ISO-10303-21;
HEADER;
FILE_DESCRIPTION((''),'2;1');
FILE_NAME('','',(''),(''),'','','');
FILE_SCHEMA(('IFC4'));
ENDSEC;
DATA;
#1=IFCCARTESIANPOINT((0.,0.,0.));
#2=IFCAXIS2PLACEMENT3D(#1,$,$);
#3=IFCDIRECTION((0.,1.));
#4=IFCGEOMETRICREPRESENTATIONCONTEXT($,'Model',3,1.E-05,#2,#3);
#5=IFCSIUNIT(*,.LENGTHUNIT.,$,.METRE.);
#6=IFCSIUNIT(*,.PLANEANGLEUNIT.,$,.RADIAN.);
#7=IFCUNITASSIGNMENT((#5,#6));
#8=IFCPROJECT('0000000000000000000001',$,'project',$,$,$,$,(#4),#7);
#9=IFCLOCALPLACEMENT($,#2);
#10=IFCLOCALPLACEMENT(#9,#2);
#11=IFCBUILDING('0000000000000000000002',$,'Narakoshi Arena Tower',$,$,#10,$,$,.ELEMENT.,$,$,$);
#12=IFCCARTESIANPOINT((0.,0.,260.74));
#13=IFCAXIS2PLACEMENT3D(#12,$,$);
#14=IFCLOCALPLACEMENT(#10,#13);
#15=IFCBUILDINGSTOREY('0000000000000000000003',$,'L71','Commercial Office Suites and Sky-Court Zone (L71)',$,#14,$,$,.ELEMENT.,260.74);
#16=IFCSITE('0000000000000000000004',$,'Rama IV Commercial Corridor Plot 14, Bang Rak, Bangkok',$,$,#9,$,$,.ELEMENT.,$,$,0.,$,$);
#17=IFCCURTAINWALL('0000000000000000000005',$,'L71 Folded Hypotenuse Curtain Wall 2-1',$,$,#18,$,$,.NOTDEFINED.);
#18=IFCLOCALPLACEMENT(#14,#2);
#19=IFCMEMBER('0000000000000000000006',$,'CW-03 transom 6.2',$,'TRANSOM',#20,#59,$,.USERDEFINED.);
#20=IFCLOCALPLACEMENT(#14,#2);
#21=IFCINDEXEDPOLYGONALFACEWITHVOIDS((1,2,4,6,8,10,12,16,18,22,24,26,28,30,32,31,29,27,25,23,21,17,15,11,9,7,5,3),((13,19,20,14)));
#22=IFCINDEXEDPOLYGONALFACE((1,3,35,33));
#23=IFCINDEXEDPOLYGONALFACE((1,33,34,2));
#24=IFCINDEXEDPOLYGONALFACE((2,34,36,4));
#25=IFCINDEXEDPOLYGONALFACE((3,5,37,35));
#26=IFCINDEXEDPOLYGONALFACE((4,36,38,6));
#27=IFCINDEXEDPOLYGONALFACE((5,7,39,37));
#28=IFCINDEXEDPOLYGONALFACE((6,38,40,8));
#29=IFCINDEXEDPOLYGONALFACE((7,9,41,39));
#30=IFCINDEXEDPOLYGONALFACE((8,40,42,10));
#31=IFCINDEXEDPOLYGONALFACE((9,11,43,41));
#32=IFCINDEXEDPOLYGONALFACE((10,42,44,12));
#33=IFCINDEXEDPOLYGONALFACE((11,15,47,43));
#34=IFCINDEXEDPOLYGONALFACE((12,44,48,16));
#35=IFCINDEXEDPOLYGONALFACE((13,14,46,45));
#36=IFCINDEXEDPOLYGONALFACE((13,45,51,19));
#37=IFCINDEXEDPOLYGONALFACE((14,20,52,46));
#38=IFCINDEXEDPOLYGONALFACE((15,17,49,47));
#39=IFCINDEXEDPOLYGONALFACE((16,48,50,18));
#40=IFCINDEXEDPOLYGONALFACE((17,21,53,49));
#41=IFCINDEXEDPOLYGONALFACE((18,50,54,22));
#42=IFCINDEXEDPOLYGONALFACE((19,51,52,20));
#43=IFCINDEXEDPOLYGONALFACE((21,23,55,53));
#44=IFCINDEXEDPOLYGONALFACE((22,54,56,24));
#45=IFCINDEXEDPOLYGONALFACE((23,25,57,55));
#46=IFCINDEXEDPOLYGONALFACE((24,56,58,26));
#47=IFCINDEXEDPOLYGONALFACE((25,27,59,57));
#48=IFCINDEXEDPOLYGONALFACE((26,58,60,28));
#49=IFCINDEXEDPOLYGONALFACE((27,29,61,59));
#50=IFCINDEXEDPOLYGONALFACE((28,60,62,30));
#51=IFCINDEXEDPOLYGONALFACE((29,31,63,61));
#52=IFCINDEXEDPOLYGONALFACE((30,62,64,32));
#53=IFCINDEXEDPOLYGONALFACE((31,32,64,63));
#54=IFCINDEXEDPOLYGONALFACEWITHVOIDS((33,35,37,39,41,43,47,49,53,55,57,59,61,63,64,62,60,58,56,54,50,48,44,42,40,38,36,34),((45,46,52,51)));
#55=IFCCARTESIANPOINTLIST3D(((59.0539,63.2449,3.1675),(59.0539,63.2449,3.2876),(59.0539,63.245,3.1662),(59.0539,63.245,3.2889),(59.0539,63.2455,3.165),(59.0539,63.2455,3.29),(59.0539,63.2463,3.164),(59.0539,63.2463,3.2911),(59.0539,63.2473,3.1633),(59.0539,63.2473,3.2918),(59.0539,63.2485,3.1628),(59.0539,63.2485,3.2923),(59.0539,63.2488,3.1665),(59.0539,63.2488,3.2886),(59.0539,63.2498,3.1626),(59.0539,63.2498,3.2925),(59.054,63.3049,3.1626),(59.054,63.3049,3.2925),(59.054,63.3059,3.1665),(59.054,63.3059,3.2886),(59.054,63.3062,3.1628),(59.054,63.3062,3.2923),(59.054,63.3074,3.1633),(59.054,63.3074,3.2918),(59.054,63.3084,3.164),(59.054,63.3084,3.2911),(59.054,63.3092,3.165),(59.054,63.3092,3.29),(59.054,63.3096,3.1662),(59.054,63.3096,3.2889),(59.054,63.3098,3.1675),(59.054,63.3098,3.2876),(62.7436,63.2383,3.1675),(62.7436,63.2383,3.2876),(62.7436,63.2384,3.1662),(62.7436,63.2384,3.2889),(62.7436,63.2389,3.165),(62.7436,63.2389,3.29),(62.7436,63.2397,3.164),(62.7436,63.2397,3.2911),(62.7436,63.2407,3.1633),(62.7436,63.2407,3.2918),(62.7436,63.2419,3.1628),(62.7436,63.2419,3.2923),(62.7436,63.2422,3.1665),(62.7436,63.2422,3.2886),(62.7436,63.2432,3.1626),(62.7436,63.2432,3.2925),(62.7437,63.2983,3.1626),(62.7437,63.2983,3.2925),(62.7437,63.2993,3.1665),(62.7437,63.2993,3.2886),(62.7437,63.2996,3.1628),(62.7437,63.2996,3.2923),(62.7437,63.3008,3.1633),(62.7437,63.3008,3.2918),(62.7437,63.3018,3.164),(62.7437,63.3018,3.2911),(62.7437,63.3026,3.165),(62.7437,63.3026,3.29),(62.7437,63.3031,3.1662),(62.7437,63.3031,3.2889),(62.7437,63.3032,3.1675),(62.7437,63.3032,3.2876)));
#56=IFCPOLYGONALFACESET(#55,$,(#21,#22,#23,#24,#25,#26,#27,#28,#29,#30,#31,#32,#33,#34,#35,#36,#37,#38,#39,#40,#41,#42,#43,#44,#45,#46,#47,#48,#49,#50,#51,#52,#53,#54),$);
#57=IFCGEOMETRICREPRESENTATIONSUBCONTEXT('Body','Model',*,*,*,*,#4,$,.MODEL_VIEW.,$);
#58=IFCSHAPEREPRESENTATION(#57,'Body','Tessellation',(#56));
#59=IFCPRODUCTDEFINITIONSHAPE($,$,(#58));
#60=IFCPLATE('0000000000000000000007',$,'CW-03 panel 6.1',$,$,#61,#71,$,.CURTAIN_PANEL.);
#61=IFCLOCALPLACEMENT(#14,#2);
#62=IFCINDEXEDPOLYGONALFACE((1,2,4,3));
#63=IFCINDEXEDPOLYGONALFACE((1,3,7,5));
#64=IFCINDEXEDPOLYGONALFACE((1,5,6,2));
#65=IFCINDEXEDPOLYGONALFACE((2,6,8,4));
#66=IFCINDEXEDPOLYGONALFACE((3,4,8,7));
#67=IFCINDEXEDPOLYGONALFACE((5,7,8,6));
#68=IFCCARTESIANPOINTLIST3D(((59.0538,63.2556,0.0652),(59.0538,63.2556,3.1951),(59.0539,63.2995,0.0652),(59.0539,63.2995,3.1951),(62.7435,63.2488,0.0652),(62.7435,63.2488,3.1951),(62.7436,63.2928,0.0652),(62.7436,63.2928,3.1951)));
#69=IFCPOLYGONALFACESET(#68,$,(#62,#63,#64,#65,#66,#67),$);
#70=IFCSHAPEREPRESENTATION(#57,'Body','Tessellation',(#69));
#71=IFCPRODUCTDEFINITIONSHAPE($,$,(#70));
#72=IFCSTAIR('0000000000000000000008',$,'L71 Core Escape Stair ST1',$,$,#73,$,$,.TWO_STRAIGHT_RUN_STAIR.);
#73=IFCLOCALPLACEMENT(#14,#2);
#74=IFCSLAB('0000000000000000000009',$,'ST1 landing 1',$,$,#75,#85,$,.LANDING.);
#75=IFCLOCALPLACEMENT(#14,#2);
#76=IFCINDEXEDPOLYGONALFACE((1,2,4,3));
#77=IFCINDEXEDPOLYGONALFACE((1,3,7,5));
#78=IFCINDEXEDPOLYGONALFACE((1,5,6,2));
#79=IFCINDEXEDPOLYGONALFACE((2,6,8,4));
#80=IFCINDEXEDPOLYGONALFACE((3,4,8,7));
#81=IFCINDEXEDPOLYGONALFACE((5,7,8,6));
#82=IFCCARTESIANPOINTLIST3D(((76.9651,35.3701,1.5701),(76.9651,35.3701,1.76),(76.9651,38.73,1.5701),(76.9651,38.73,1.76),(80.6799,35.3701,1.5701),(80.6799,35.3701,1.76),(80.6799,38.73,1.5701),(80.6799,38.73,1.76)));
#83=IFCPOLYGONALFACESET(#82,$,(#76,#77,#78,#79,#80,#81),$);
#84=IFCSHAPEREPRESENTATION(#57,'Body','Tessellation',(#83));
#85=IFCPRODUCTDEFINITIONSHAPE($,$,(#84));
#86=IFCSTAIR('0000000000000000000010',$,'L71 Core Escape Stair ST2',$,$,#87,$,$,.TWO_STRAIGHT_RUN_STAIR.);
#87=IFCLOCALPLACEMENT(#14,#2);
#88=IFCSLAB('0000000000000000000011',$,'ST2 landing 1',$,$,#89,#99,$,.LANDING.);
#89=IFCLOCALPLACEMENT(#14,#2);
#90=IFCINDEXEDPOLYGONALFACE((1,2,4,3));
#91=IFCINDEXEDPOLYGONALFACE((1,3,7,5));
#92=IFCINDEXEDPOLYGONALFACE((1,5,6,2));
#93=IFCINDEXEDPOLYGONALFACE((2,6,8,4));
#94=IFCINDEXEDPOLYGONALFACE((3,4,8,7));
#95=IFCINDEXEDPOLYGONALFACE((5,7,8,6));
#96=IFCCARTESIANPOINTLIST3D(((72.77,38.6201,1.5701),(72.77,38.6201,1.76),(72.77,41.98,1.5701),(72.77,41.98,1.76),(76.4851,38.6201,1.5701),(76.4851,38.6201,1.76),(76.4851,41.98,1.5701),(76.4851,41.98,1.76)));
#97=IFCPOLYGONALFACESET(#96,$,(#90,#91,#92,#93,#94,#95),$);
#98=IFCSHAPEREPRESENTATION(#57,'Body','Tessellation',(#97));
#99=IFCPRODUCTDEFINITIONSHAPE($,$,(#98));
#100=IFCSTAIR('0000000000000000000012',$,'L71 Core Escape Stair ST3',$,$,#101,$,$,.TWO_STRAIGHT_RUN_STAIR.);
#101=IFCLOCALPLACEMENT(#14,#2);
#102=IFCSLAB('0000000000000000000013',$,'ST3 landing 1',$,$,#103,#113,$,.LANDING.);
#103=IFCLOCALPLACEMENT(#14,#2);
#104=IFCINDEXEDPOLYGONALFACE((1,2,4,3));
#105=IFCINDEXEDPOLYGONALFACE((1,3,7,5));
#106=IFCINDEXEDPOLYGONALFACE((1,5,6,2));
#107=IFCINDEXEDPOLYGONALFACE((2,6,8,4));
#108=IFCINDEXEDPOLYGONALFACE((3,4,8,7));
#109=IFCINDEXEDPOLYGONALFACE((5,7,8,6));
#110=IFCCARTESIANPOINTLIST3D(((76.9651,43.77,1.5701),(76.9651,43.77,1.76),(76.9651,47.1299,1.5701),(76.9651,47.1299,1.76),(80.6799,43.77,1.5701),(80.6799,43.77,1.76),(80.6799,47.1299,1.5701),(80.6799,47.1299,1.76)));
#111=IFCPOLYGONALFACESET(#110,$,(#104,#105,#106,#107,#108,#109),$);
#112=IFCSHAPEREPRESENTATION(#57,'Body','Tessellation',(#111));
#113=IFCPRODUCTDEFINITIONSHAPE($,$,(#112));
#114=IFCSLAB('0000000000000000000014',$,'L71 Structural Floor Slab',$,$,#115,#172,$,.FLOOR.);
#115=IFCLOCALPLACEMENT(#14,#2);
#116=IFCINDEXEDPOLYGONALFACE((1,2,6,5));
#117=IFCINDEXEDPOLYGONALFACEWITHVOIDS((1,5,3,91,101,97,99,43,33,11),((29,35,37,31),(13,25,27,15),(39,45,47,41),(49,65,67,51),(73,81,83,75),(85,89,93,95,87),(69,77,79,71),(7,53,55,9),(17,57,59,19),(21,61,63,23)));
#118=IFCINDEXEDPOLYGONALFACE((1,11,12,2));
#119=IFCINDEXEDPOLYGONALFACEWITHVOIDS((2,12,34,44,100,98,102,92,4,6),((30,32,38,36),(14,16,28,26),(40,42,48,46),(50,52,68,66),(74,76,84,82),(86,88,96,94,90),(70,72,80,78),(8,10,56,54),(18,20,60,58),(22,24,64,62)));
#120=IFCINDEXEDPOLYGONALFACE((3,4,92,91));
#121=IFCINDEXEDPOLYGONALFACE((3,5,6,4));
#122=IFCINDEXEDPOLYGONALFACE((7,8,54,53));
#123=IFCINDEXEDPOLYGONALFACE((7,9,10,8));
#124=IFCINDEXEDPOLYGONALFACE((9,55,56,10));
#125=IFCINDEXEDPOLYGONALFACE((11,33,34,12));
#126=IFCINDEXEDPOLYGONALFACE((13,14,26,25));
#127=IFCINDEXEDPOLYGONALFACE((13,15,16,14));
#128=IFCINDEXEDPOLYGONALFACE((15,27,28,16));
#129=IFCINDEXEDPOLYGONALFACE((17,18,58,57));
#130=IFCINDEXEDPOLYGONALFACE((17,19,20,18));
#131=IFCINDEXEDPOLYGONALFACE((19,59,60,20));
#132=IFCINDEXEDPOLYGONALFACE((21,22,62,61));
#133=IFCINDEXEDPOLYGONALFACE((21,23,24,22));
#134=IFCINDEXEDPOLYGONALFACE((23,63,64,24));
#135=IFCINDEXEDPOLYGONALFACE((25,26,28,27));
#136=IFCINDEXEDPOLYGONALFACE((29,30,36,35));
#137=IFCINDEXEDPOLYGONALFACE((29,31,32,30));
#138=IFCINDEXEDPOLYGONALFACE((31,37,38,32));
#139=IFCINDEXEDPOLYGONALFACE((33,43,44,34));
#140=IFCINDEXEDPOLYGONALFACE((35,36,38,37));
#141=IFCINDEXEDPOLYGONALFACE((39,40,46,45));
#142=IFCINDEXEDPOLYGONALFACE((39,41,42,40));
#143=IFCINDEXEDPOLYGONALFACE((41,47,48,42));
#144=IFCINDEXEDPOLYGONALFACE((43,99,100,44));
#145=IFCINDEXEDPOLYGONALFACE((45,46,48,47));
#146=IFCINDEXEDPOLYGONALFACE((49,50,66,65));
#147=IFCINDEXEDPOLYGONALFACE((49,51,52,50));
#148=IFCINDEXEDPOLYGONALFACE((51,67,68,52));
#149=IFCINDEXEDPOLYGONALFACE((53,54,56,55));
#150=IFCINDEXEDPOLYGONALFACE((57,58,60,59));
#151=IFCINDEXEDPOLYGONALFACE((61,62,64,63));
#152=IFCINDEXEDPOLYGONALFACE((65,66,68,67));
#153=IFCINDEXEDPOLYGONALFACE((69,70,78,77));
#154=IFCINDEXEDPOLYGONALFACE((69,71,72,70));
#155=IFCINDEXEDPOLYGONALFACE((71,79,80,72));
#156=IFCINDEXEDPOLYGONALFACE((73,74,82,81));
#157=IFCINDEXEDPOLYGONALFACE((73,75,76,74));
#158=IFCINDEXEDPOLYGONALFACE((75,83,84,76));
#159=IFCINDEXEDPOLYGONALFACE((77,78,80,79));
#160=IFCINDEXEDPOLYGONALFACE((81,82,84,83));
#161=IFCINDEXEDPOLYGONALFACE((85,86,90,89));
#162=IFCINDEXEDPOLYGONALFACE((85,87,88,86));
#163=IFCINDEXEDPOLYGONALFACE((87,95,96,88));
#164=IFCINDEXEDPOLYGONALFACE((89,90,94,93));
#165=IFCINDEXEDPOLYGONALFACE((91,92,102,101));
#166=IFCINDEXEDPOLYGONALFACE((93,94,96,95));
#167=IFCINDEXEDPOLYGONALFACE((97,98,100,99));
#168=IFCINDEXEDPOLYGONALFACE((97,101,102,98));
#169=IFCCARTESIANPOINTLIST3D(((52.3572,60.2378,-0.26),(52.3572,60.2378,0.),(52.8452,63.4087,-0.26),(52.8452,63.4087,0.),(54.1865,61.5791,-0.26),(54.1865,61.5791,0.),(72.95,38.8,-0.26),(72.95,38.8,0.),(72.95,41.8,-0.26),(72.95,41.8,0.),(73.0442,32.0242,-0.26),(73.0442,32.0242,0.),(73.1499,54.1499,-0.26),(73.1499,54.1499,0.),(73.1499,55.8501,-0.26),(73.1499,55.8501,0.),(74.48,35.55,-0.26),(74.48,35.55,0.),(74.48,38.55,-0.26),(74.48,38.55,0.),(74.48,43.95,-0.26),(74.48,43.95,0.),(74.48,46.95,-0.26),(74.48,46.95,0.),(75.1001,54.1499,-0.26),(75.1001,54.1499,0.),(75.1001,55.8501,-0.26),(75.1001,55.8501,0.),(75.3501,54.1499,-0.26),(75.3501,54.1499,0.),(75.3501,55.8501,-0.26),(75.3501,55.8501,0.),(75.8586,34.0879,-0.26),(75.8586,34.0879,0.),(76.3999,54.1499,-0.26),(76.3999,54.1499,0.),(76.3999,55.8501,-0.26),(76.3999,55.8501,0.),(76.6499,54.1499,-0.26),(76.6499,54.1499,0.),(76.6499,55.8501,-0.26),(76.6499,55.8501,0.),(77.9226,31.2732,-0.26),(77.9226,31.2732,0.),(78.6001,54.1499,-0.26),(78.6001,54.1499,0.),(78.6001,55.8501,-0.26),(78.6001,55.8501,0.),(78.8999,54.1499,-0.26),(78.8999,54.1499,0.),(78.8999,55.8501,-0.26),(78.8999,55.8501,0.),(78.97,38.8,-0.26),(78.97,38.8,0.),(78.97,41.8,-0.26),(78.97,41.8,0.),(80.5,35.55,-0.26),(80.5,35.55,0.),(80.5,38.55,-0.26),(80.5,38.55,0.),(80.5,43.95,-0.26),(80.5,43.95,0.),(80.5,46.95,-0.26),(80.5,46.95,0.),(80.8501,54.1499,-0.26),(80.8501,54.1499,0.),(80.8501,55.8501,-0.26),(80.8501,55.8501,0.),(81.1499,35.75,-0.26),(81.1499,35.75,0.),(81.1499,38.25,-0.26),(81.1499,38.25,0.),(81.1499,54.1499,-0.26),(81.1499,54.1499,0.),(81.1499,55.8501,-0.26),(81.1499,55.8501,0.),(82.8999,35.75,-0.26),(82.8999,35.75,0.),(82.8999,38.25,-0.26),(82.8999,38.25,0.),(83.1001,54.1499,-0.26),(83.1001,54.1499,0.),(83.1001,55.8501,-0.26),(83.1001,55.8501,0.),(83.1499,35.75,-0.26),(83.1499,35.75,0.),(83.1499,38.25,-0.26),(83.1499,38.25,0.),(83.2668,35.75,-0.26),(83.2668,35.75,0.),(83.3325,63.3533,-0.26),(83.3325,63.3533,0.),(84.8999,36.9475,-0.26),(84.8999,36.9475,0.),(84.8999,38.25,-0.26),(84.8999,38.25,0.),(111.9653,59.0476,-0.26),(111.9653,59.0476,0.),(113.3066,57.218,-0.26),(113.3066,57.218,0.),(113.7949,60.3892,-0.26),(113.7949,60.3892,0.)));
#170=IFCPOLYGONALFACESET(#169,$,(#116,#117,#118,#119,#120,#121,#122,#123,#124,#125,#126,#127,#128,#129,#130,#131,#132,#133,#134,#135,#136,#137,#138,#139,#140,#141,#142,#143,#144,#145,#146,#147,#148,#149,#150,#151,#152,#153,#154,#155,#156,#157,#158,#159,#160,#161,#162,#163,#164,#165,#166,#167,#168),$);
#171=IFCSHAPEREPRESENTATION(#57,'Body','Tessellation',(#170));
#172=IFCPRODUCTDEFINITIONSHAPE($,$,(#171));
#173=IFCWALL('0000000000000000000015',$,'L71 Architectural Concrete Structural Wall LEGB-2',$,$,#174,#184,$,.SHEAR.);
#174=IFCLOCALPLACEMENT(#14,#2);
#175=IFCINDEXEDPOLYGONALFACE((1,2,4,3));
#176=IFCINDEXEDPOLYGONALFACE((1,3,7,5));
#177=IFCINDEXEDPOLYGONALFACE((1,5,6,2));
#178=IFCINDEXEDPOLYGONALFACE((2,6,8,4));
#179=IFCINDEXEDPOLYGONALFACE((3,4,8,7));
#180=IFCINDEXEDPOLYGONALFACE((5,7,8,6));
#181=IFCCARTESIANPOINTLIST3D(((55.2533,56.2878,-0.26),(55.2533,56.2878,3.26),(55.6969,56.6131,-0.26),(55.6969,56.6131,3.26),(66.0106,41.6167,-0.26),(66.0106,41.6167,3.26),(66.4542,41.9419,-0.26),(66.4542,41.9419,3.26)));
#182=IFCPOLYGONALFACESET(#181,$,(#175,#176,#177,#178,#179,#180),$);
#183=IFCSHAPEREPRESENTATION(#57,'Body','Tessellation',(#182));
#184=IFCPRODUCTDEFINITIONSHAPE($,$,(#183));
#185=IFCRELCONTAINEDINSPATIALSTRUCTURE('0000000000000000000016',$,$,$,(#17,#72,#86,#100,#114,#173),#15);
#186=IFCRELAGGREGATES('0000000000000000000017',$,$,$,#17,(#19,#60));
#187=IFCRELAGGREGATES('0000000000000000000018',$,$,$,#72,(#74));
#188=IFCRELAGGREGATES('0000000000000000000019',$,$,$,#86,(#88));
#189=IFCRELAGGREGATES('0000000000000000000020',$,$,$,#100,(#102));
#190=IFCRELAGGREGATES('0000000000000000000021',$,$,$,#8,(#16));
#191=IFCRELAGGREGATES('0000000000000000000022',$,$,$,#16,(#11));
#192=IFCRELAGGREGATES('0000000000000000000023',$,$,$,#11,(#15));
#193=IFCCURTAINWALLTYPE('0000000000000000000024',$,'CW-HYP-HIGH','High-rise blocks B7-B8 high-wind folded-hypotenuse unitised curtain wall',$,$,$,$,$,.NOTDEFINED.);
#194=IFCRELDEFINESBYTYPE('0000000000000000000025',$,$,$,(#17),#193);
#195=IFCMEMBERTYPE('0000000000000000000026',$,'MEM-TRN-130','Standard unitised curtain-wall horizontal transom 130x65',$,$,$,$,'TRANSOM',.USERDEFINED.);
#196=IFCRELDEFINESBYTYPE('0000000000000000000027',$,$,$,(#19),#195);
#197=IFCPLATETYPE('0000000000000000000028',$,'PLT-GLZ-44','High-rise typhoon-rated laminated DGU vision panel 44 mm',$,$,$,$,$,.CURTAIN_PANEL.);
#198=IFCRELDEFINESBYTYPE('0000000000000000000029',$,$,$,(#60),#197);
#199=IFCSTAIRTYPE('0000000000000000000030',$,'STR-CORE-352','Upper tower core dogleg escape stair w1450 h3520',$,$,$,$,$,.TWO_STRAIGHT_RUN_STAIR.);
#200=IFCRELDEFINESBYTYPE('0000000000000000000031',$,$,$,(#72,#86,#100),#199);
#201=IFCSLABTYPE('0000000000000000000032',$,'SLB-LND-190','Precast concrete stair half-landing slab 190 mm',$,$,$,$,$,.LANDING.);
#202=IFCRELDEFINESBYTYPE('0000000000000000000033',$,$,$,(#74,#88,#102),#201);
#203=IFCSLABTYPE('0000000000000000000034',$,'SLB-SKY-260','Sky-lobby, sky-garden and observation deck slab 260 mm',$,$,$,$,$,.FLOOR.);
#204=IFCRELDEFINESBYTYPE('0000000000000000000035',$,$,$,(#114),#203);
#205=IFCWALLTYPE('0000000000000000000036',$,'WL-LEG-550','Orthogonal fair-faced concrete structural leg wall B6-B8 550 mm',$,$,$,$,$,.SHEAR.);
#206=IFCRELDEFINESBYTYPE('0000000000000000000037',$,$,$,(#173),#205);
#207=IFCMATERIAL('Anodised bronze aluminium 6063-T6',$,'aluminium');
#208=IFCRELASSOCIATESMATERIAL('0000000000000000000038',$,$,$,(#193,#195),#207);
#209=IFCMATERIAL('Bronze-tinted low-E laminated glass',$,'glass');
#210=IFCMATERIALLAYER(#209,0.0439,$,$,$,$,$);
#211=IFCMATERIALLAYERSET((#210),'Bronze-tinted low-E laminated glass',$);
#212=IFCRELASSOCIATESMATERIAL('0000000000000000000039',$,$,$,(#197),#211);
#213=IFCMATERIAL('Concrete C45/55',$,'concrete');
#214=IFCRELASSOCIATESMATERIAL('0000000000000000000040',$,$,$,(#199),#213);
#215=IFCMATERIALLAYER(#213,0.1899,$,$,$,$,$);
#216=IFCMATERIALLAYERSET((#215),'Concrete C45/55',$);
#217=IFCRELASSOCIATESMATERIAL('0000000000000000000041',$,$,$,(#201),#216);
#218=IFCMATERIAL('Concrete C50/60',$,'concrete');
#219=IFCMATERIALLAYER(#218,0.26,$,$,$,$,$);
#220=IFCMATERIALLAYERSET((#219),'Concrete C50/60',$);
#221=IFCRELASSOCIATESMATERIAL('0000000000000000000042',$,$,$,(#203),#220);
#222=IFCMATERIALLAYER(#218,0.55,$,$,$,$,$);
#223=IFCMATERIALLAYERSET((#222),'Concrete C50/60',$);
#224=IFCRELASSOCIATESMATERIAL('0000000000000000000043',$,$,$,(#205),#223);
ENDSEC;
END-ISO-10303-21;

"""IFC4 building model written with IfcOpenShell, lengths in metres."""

from ifc_helpers import new_model, si_unit, direction, frame, frame_2d, origin, origin_2d, place, context, subcontext, project, spatial, polyline, rectangle, hollow_rectangle, outline, extrude, material, layer, layer_set, material_profile, profile_set, type_object, element, aggregate, save


model = new_model("IFC4")

# Units and contexts
model_context = context("Model", 3, precision=1e-05, world=origin(), true_north=direction((0.0, 1.0)))
body_context = subcontext(model_context, "Body", "Model", "MODEL_VIEW")
ifc_project = project(units=[si_unit("LENGTHUNIT", "METRE"), si_unit("PLANEANGLEUNIT", "RADIAN")], contexts=[model_context])

# Site, building, storey
site_placement = place(None, origin())
site = spatial("IfcSite", under=ifc_project, at=site_placement, Name="Rama IV Commercial Corridor Plot 14, Bang Rak, Bangkok", CompositionType="ELEMENT", RefElevation=0.0)
building_placement = place(site_placement, origin())
building = spatial("IfcBuilding", under=site, at=building_placement, Name="Narakoshi Arena Tower", CompositionType="ELEMENT")
storey_placement = place(building_placement, frame((0.0, 0.0, 260.74)))
storey = spatial("IfcBuildingStorey", under=building, at=storey_placement, Name="L71", Description="Commercial Office Suites and Sky-Court Zone (L71)", CompositionType="ELEMENT", Elevation=260.74)

# Shared definitions
ifc_material_1 = material(Name="Concrete C50/60", Category="concrete")

# Curtain wall, member, plate
ifc_material_2 = material(Name="Anodised bronze aluminium 6063-T6", Category="aluminium")
curtain_wall_type = type_object("IfcCurtainWallType", Name="CW-HYP-HIGH", Description="High-rise blocks B7-B8 high-wind folded-hypotenuse unitised curtain wall", PredefinedType="NOTDEFINED", material=ifc_material_2)
curtain_wall_placement = place(storey_placement, origin())
curtain_wall = element("IfcCurtainWall", 1, at=curtain_wall_placement, inside=storey, type_object=curtain_wall_type, Name="L71 Folded Hypotenuse Curtain Wall 2-1", PredefinedType="NOTDEFINED")
ifc_material_profile_1 = material_profile(ifc_material_2, hollow_rectangle(XDim=0.0649, YDim=0.1299, WallThickness=0.0039, OuterFilletRadius=0.0049, at=origin_2d()), Name="TRN130x65x4")
ifc_profile_set_1 = profile_set([ifc_material_profile_1], Name="Anodised bronze aluminium 6063-T6")
member_type_1 = type_object("IfcMemberType", Name="MEM-TRN-130", Description="Standard unitised curtain-wall horizontal transom 130x65", ElementType="TRANSOM", PredefinedType="USERDEFINED", material=ifc_profile_set_1)
member_1_placement = place(storey_placement, frame((62.7437, 63.2708, 3.2275), z_axis=(-0.999998, 0.001787, 0.0), x_axis=(-0.001787, -0.999998, 0.0)))
member_1 = element("IfcMember", 2, at=member_1_placement, type_object=member_type_1, Name="CW-03 transom 6.2", ObjectType="TRANSOM", PredefinedType="USERDEFINED", context=body_context, shape_type="SweptSolid", body=[
    extrude(hollow_rectangle(XDim=0.0649, YDim=0.1299, WallThickness=0.0039, OuterFilletRadius=0.0049, at=origin_2d()), origin(), (0.0, 0.0, 1.0), 3.6897),
])
ifc_material_3 = material(Name="Bronze-tinted low-E laminated glass", Category="glass")
ifc_layer_1 = layer(ifc_material_3, 0.0439)
ifc_layer_set_1 = layer_set([ifc_layer_1], Name="Bronze-tinted low-E laminated glass")
plate_type = type_object("IfcPlateType", Name="PLT-GLZ-44", Description="High-rise typhoon-rated laminated DGU vision panel 44 mm", PredefinedType="CURTAIN_PANEL", material=ifc_layer_set_1)
plate_placement = place(storey_placement, frame((60.8987, 63.2742, 0.0652), z_axis=(0.0, 0.0, 1.0), x_axis=(-0.999998, 0.00182, 0.0)))
plate = element("IfcPlate", 3, at=plate_placement, type_object=plate_type, Name="CW-03 panel 6.1", PredefinedType="CURTAIN_PANEL", context=body_context, shape_type="SweptSolid", body=[
    extrude(rectangle(XDim=3.6897, YDim=0.0439, at=origin_2d()), origin(), (0.0, 0.0, 1.0), 3.1299),
])
aggregate(curtain_wall, [member_1, plate])

# Stairs, slabs
ifc_material_4 = material(Name="Concrete C45/55", Category="concrete")
stair_type = type_object("IfcStairType", Name="STR-CORE-352", Description="Upper tower core dogleg escape stair w1450 h3520", PredefinedType="TWO_STRAIGHT_RUN_STAIR", material=ifc_material_4)
stair_1_placement = place(storey_placement, origin())
stair_1 = element("IfcStair", 4, at=stair_1_placement, inside=storey, type_object=stair_type, Name="L71 Core Escape Stair ST1", PredefinedType="TWO_STRAIGHT_RUN_STAIR")
ifc_layer_2 = layer(ifc_material_4, 0.1899)
ifc_layer_set_2 = layer_set([ifc_layer_2], Name="Concrete C45/55")
slab_type_1 = type_object("IfcSlabType", Name="SLB-LND-190", Description="Precast concrete stair half-landing slab 190 mm", PredefinedType="LANDING", material=ifc_layer_set_2)
slab_1_placement = place(storey_placement, frame((0.0, 0.0, 1.5701)))
slab_1 = element("IfcSlab", 5, at=slab_1_placement, type_object=slab_type_1, Name="ST1 landing 1", PredefinedType="LANDING", context=body_context, shape_type="SweptSolid", body=[
    extrude(outline(polyline([(76.9651, 35.3701), (80.6799, 35.3701), (80.6799, 38.73), (76.9651, 38.73), (76.9651, 35.3701)])), origin(), (0.0, 0.0, 1.0), 0.1899),
])
aggregate(stair_1, [slab_1])
stair_2_placement = place(storey_placement, origin())
stair_2 = element("IfcStair", 6, at=stair_2_placement, inside=storey, type_object=stair_type, Name="L71 Core Escape Stair ST2", PredefinedType="TWO_STRAIGHT_RUN_STAIR")
slab_2_placement = place(storey_placement, frame((0.0, 0.0, 1.5701)))
slab_2 = element("IfcSlab", 7, at=slab_2_placement, type_object=slab_type_1, Name="ST2 landing 1", PredefinedType="LANDING", context=body_context, shape_type="SweptSolid", body=[
    extrude(outline(polyline([(72.77, 38.6201), (76.4851, 38.6201), (76.4851, 41.98), (72.77, 41.98), (72.77, 38.6201)])), origin(), (0.0, 0.0, 1.0), 0.1899),
])
aggregate(stair_2, [slab_2])
stair_3_placement = place(storey_placement, origin())
stair_3 = element("IfcStair", 8, at=stair_3_placement, inside=storey, type_object=stair_type, Name="L71 Core Escape Stair ST3", PredefinedType="TWO_STRAIGHT_RUN_STAIR")
slab_3_placement = place(storey_placement, frame((0.0, 0.0, 1.5701)))
slab_3 = element("IfcSlab", 9, at=slab_3_placement, type_object=slab_type_1, Name="ST3 landing 1", PredefinedType="LANDING", context=body_context, shape_type="SweptSolid", body=[
    extrude(outline(polyline([(76.9651, 43.77), (80.6799, 43.77), (80.6799, 47.1299), (76.9651, 47.1299), (76.9651, 43.77)])), origin(), (0.0, 0.0, 1.0), 0.1899),
])
aggregate(stair_3, [slab_3])

# Slab
ifc_layer_3 = layer(ifc_material_1, 0.26)
ifc_layer_set_3 = layer_set([ifc_layer_3], Name="Concrete C50/60")
slab_type_2 = type_object("IfcSlabType", Name="SLB-SKY-260", Description="Sky-lobby, sky-garden and observation deck slab 260 mm", PredefinedType="FLOOR", material=ifc_layer_set_3)
slab_4_placement = place(storey_placement, frame((0.0, 0.0, -0.26)))
element("IfcSlab", 10, at=slab_4_placement, inside=storey, type_object=slab_type_2, Name="L71 Structural Floor Slab", PredefinedType="FLOOR", context=body_context, shape_type="SweptSolid", body=[
    extrude(outline(polyline([(77.9226, 31.2732), (113.3066, 57.218), (111.9653, 59.0476), (113.7949, 60.3892), (83.3325, 63.3533), (52.8452, 63.4087), (54.1865, 61.5791), (52.3572, 60.2378), (73.0442, 32.0242), (75.8586, 34.0879), (77.9226, 31.2732)]), holes=[polyline([(80.5, 35.55), (74.48, 35.55), (74.48, 38.55), (80.5, 38.55), (80.5, 35.55)]), polyline([(82.8999, 35.75), (81.1499, 35.75), (81.1499, 38.25), (82.8999, 38.25), (82.8999, 35.75)]), polyline([(84.8999, 36.9475), (83.2668, 35.75), (83.1499, 35.75), (83.1499, 38.25), (84.8999, 38.25), (84.8999, 36.9475)]), polyline([(72.95, 38.8), (72.95, 41.8), (78.97, 41.8), (78.97, 38.8), (72.95, 38.8)]), polyline([(74.48, 43.95), (74.48, 46.95), (80.5, 46.95), (80.5, 43.95), (74.48, 43.95)]), polyline([(75.1001, 54.1499), (73.1499, 54.1499), (73.1499, 55.8501), (75.1001, 55.8501), (75.1001, 54.1499)]), polyline([(76.3999, 54.1499), (75.3501, 54.1499), (75.3501, 55.8501), (76.3999, 55.8501), (76.3999, 54.1499)]), polyline([(78.6001, 54.1499), (76.6499, 54.1499), (76.6499, 55.8501), (78.6001, 55.8501), (78.6001, 54.1499)]), polyline([(78.8999, 54.1499), (78.8999, 55.8501), (80.8501, 55.8501), (80.8501, 54.1499), (78.8999, 54.1499)]), polyline([(81.1499, 54.1499), (81.1499, 55.8501), (83.1001, 55.8501), (83.1001, 54.1499), (81.1499, 54.1499)])]), origin(), (0.0, 0.0, 1.0), 0.26),
])

# Wall
ifc_layer_4 = layer(ifc_material_1, 0.55)
ifc_layer_set_4 = layer_set([ifc_layer_4], Name="Concrete C50/60")
wall_type_1 = type_object("IfcWallType", Name="WL-LEG-550", Description="Orthogonal fair-faced concrete structural leg wall B6-B8 550 mm", PredefinedType="SHEAR", material=ifc_layer_set_4)
wall_1_placement = place(storey_placement, frame((55.4751, 56.4504, -0.26), z_axis=(0.0, 0.0, 1.0), x_axis=(0.59131, -0.806445, 0.0)))
element("IfcWall", 11, at=wall_1_placement, inside=storey, type_object=wall_type_1, Name="L71 Architectural Concrete Structural Wall LEGB-2", PredefinedType="SHEAR", context=body_context, shape_type="SweptSolid", body=[
    extrude(rectangle(XDim=18.1924, YDim=0.55, at=frame_2d((9.0962, 0.0))), origin(), (0.0, 0.0, 1.0), 3.52),
])

save(model, "model.ifc")
